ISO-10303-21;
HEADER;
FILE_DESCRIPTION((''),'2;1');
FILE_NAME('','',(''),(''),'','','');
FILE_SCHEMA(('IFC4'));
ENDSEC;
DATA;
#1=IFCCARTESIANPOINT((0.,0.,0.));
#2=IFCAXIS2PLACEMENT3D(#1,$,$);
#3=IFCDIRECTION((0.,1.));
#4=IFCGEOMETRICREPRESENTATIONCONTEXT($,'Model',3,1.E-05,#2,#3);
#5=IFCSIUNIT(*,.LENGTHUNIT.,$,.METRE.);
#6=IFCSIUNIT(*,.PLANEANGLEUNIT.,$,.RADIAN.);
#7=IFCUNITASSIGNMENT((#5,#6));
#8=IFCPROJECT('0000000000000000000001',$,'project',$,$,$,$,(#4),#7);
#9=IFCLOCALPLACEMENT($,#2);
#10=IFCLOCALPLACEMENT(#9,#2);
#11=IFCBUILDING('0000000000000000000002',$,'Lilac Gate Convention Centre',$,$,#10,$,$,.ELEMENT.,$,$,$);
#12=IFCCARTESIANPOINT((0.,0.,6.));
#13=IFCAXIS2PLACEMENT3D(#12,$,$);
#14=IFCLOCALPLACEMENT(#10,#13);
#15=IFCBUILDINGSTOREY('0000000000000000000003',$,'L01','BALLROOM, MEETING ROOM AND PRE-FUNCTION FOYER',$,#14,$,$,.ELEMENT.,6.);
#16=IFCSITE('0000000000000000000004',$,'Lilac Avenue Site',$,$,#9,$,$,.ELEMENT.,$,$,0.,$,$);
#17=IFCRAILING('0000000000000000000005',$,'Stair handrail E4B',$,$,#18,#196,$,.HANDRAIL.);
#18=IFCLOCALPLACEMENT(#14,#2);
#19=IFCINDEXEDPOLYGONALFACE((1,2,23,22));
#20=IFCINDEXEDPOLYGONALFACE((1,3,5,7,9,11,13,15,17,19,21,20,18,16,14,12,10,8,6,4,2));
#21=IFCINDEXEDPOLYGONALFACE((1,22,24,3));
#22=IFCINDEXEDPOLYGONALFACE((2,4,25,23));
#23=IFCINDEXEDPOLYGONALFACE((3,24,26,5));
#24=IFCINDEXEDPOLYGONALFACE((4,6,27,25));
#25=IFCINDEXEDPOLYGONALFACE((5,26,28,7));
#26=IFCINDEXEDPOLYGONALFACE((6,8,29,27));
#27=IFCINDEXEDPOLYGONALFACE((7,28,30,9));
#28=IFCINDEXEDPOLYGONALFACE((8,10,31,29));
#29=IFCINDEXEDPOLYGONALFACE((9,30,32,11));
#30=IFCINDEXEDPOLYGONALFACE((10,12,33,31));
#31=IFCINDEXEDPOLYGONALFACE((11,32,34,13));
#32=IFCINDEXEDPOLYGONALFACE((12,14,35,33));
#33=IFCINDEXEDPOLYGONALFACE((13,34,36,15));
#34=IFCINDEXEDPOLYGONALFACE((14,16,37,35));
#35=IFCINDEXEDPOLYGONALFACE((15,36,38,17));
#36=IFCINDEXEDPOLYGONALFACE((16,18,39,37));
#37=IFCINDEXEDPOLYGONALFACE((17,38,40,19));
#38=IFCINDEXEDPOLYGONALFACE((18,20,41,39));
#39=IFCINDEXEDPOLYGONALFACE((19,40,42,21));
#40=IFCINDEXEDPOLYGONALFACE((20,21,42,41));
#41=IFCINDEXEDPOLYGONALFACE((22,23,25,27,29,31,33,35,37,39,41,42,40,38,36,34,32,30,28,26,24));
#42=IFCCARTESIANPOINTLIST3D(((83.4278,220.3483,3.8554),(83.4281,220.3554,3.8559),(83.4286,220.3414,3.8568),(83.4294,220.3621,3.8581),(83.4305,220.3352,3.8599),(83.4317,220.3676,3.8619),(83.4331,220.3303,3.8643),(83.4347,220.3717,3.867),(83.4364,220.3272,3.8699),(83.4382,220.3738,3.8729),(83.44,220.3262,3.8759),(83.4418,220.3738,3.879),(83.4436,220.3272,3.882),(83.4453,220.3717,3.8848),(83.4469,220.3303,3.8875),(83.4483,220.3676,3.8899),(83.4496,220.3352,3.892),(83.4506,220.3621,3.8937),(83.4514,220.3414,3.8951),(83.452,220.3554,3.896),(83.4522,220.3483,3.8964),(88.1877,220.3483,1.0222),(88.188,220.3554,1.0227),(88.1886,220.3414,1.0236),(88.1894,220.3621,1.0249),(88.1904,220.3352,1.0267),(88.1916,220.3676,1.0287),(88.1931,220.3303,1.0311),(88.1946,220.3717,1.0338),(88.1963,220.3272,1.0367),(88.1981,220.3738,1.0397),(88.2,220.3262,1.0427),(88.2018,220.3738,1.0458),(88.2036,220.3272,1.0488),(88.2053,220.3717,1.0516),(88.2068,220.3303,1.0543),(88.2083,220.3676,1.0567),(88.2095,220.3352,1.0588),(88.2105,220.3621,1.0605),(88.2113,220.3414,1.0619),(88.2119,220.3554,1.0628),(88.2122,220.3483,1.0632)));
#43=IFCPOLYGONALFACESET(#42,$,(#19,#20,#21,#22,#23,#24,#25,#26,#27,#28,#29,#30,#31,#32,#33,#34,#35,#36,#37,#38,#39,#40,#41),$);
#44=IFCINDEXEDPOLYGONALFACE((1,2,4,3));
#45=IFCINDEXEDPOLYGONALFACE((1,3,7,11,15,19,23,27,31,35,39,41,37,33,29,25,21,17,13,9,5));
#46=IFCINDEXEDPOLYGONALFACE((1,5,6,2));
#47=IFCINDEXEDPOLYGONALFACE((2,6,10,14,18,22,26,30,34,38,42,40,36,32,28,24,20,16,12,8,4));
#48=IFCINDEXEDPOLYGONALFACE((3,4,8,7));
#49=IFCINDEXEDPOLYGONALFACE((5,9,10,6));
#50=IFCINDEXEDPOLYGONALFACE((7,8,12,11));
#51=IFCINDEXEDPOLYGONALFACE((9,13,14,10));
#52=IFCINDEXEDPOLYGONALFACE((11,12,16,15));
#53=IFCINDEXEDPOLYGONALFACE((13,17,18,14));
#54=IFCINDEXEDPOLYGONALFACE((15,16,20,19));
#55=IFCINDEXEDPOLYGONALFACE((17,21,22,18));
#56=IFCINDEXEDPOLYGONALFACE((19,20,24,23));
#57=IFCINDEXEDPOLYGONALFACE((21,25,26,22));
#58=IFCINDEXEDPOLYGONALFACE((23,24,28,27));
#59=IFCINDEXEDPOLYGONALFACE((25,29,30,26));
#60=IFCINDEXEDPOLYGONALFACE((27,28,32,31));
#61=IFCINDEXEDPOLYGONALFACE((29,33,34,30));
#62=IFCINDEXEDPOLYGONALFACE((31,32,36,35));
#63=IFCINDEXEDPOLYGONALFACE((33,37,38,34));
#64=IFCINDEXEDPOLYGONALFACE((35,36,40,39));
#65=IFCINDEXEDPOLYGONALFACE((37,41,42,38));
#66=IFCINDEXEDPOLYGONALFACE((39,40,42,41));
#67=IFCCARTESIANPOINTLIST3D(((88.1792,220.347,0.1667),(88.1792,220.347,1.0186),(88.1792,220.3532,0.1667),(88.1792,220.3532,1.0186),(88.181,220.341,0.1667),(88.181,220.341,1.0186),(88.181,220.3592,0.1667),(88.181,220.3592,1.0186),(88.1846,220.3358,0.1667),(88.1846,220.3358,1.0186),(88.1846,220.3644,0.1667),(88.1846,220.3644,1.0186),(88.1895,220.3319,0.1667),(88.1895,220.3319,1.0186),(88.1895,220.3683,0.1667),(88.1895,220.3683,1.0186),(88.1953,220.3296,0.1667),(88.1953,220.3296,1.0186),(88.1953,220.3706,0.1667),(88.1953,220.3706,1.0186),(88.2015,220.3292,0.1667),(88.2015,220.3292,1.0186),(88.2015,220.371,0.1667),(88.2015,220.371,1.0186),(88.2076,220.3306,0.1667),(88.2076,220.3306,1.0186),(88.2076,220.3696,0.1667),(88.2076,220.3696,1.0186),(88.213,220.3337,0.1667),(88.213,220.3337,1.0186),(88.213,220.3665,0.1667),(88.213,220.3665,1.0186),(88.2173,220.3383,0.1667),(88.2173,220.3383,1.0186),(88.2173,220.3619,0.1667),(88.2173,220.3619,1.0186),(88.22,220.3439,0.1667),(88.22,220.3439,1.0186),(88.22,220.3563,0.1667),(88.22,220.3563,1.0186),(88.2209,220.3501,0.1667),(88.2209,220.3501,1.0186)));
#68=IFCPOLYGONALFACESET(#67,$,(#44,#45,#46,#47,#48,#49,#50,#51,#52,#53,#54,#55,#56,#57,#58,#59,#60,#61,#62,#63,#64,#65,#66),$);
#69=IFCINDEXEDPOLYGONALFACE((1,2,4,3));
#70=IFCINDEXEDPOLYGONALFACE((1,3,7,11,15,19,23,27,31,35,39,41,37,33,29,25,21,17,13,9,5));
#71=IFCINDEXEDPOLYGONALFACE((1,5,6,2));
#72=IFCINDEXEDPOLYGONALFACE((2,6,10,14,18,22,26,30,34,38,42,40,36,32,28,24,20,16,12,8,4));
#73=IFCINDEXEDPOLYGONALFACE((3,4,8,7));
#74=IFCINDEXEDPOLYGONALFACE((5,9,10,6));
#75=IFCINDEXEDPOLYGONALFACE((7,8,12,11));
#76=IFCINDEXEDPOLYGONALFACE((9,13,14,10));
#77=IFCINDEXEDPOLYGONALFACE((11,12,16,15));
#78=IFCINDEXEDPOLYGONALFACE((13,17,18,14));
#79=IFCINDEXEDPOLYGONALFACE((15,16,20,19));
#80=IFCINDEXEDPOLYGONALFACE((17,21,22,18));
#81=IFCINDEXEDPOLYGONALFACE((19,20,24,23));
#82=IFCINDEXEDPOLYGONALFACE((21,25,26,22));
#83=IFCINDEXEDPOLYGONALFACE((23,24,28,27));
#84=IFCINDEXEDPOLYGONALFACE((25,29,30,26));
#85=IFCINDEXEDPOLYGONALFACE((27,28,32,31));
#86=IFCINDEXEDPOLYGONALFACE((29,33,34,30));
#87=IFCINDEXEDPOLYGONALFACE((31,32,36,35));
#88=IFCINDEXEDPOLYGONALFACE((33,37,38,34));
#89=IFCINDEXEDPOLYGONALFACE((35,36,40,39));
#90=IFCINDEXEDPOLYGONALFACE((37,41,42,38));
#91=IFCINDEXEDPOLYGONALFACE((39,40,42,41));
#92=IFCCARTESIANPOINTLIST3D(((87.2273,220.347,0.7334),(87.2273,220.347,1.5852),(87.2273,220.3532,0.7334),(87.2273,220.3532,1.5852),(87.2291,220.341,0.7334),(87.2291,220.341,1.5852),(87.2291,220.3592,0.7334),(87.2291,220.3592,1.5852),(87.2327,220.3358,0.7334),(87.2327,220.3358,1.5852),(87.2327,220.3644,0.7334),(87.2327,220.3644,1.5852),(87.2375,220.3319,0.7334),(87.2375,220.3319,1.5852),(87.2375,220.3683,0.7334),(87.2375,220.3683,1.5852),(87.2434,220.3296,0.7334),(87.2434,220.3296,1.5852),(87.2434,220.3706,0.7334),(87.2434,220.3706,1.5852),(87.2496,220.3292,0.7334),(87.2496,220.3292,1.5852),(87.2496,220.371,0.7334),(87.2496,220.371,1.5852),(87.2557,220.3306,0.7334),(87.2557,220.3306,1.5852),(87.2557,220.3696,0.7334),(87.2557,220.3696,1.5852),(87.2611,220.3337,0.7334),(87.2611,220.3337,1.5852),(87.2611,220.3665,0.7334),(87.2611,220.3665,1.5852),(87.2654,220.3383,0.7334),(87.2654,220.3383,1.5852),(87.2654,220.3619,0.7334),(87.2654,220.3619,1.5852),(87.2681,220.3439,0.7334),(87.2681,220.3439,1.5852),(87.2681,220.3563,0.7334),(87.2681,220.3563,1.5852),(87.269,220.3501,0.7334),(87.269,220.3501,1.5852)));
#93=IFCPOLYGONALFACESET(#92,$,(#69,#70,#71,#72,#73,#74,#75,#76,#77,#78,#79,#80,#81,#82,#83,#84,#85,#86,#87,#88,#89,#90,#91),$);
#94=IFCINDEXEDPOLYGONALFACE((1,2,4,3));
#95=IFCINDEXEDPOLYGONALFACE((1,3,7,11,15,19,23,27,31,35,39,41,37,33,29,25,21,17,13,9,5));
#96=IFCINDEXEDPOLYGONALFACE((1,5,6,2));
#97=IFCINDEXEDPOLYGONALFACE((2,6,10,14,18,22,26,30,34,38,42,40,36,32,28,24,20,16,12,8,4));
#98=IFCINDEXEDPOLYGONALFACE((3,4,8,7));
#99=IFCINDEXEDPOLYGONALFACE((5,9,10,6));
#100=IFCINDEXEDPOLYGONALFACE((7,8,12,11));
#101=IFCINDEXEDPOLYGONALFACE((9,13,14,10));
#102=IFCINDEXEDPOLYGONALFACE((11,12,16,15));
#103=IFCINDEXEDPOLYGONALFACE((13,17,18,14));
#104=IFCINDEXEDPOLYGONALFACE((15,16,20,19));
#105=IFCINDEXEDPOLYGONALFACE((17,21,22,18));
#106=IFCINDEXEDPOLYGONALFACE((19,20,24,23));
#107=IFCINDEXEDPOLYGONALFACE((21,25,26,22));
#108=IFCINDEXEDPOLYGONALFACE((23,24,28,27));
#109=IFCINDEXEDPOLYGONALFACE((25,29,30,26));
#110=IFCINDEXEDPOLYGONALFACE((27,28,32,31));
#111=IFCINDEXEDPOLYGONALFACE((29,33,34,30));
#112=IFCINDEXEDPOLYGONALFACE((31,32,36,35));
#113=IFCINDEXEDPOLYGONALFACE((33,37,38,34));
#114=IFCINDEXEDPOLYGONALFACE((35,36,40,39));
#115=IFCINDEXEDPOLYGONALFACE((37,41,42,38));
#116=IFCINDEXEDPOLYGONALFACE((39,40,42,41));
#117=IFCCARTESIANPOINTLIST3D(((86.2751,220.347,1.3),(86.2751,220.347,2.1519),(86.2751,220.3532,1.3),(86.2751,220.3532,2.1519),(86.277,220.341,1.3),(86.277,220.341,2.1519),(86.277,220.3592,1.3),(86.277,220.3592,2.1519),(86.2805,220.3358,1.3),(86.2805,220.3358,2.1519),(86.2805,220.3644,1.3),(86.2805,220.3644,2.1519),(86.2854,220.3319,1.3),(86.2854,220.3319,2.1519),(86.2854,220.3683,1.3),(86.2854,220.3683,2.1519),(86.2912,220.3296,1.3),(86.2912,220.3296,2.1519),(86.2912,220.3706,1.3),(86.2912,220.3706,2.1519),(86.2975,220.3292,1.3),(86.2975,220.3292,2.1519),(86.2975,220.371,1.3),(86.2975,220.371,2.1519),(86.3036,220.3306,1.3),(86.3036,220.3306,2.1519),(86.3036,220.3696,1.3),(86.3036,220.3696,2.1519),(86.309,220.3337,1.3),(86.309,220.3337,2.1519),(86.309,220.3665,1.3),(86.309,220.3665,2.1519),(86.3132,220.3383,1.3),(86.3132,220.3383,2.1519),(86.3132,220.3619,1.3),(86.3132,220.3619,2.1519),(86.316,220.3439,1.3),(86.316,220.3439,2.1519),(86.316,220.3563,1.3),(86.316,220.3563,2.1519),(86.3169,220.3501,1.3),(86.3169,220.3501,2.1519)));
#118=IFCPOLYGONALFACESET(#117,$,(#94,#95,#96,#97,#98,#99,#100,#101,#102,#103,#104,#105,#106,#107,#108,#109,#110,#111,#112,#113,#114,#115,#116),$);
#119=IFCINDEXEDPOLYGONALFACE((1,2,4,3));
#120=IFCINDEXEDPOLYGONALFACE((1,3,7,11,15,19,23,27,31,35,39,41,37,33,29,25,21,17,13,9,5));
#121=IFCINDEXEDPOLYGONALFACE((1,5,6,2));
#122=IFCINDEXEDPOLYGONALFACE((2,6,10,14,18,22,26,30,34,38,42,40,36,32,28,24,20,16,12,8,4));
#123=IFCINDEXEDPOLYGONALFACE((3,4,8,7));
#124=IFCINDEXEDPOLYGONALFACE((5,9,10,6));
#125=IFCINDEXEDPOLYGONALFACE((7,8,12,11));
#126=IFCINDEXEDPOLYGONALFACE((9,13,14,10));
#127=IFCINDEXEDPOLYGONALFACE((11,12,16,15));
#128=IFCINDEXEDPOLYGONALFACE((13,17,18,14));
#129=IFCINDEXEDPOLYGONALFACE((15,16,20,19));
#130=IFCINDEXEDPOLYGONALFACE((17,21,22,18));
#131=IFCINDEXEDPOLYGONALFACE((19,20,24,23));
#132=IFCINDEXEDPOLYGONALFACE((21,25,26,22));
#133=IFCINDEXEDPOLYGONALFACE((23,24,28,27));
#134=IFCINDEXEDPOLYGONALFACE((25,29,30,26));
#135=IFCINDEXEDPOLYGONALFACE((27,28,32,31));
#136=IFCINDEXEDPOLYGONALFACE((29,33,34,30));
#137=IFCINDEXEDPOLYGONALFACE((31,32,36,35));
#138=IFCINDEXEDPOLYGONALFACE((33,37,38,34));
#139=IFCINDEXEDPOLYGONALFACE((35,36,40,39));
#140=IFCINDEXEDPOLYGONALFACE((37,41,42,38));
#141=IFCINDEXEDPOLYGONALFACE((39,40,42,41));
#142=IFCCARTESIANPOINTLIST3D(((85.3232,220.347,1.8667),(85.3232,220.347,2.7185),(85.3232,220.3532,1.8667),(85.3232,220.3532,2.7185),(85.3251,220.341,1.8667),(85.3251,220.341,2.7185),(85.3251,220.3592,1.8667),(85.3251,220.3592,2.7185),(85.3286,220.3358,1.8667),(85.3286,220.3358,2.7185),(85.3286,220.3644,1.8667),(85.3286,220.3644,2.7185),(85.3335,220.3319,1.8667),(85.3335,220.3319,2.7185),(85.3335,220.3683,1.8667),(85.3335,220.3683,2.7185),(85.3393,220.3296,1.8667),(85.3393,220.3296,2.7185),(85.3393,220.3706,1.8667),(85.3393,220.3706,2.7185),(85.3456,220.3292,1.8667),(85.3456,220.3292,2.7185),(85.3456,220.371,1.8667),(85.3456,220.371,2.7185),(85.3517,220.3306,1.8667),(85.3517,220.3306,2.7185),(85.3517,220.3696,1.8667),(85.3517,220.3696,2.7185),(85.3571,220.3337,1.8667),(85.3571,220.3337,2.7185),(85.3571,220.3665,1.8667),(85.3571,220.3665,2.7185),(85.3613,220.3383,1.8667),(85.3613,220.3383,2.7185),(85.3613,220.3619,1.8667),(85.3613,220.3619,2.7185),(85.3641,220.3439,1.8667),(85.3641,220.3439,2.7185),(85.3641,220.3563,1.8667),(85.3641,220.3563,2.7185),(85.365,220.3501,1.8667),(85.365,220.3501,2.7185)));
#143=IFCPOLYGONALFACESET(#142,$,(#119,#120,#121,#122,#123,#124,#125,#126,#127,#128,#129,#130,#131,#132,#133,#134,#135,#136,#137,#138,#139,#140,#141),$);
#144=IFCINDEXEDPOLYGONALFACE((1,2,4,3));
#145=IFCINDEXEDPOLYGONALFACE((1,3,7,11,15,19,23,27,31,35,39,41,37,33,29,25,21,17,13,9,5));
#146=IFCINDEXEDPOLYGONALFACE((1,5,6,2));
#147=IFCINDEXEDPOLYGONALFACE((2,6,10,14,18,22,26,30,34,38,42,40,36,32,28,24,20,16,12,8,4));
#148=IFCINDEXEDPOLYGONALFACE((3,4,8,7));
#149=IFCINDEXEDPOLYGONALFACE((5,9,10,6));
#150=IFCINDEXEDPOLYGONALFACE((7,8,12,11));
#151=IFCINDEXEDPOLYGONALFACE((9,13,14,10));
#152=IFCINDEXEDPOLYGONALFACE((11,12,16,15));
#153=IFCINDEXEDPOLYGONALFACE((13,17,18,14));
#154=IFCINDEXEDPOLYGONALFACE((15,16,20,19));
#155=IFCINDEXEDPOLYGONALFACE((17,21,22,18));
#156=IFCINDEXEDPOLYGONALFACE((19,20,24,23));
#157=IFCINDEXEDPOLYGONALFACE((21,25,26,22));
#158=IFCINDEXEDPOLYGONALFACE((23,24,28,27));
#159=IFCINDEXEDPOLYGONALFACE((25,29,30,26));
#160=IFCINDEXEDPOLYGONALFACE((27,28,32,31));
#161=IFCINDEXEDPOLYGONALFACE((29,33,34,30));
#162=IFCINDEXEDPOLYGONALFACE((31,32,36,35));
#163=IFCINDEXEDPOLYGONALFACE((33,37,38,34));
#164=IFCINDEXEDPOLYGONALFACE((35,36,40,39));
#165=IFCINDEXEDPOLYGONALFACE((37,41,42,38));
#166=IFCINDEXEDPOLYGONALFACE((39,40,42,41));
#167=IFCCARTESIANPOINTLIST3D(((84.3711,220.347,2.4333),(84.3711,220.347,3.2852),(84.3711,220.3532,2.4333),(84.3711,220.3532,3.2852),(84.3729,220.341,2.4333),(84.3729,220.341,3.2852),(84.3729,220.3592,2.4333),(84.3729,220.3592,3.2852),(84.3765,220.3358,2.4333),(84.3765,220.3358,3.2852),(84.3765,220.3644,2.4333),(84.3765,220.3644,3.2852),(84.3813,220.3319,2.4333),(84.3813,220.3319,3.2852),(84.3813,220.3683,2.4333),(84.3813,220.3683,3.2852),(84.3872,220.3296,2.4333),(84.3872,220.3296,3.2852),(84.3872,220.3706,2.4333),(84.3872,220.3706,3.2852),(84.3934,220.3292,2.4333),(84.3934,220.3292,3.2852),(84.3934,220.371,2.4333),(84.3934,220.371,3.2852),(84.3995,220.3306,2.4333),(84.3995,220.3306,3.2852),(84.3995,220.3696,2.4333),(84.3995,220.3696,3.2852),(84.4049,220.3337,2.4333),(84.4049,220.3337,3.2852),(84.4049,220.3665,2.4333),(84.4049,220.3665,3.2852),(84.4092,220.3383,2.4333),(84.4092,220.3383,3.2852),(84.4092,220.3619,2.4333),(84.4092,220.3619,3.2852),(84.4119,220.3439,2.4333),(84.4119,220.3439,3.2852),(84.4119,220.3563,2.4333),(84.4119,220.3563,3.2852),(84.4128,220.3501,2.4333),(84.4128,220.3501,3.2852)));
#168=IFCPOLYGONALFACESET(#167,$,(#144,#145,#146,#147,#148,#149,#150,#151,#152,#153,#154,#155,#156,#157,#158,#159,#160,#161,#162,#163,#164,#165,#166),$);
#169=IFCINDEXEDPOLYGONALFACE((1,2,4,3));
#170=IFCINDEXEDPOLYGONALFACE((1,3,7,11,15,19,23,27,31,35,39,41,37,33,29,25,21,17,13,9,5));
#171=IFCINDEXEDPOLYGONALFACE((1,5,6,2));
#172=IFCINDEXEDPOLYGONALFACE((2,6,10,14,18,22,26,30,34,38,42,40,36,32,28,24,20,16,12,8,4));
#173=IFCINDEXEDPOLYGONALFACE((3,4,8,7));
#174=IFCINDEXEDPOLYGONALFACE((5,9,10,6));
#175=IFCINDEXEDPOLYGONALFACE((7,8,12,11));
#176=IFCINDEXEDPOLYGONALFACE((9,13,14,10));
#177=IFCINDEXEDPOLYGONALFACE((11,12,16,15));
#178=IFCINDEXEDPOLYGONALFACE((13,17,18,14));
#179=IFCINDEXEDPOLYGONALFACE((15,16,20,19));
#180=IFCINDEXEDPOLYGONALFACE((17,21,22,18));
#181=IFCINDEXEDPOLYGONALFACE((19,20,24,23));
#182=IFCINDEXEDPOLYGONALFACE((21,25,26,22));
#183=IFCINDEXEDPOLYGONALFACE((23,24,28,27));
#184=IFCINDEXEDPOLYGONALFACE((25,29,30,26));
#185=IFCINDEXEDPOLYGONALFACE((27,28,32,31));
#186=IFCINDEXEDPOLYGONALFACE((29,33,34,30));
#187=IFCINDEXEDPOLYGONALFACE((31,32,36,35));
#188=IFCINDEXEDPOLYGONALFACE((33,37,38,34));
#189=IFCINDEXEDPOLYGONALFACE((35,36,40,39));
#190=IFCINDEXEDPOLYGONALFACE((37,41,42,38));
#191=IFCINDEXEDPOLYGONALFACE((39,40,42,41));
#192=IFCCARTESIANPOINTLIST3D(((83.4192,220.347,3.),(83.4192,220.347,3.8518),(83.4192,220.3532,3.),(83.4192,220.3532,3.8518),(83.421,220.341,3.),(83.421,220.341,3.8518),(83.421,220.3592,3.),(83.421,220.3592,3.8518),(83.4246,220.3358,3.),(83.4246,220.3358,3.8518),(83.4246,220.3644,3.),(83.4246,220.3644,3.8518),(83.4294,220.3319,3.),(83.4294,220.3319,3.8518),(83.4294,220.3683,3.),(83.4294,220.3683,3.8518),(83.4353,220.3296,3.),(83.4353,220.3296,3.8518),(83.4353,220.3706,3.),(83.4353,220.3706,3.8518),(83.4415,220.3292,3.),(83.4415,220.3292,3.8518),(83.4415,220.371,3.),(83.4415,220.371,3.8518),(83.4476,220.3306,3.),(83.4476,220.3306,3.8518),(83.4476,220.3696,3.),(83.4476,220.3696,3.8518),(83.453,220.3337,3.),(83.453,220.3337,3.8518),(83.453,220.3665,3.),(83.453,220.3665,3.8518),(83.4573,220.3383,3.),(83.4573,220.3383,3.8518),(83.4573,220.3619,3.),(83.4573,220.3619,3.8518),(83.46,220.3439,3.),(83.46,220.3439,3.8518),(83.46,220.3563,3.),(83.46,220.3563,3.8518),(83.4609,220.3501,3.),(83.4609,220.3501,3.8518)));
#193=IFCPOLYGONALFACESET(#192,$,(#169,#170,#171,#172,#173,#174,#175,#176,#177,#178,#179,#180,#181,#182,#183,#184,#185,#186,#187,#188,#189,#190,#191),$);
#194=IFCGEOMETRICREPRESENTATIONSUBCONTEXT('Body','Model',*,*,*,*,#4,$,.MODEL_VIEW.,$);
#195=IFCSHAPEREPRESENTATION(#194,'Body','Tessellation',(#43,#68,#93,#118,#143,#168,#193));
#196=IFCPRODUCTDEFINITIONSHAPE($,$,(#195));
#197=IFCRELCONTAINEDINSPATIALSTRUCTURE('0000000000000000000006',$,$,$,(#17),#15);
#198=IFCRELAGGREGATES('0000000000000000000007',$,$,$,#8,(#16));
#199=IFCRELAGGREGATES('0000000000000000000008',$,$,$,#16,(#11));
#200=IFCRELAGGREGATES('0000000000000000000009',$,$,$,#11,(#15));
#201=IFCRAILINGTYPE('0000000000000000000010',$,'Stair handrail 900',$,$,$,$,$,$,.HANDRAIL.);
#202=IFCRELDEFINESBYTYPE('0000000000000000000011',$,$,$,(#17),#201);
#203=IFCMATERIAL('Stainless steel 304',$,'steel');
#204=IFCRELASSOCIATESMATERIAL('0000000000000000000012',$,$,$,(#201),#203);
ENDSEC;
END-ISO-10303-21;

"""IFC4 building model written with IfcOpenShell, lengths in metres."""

from ifc_helpers import new_model, si_unit, direction, frame, origin, origin_2d, place, context, subcontext, project, spatial, circle, extrude, material, type_object, element, save


model = new_model("IFC4")

# Units and contexts
model_context = context("Model", 3, precision=1e-05, world=origin(), true_north=direction((0.0, 1.0)))
body_context = subcontext(model_context, "Body", "Model", "MODEL_VIEW")
ifc_project = project(units=[si_unit("LENGTHUNIT", "METRE"), si_unit("PLANEANGLEUNIT", "RADIAN")], contexts=[model_context])

# Site, building, storey
site_placement = place(None, origin())
site = spatial("IfcSite", under=ifc_project, at=site_placement, Name="Lilac Avenue Site", CompositionType="ELEMENT", RefElevation=0.0)
building_placement = place(site_placement, origin())
building = spatial("IfcBuilding", under=site, at=building_placement, Name="Lilac Gate Convention Centre", CompositionType="ELEMENT")
storey_placement = place(building_placement, frame((0.0, 0.0, 6.0)))
storey = spatial("IfcBuildingStorey", under=building, at=storey_placement, Name="L01", Description="BALLROOM, MEETING ROOM AND PRE-FUNCTION FOYER", CompositionType="ELEMENT", Elevation=6.0)

# Railing
ifc_material_1 = material(Name="Stainless steel 304", Category="steel")
railing_type = type_object("IfcRailingType", Name="Stair handrail 900", PredefinedType="HANDRAIL", material=ifc_material_1)
for number, where, name in (
    (1, (88.2, 220.3501, 0.1667), "Stair handrail E4B"),
):
    element("IfcRailing", number, at=place(storey_placement, frame(where)), inside=storey, type_object=railing_type, Name=name, PredefinedType="HANDRAIL", context=body_context, shape_type="SweptSolid", body=[
        extrude(circle(Radius=0.0239, at=origin_2d()), frame((0.0, 0.0, 0.876), z_axis=(-0.8593, 0.0, 0.511472), x_axis=(0.0, -1.0, 0.0)), (0.0, 0.0, 1.0), 5.5393),
        extrude(circle(Radius=0.021, at=origin_2d()), origin(), (0.0, 0.0, 1.0), 0.8518),
        extrude(circle(Radius=0.021, at=origin_2d()), frame((-0.9519, 0.0, 0.5667)), (0.0, 0.0, 1.0), 0.8518),
        extrude(circle(Radius=0.021, at=origin_2d()), frame((-1.9041, 0.0, 1.1333)), (0.0, 0.0, 1.0), 0.8518),
        extrude(circle(Radius=0.021, at=origin_2d()), frame((-2.856, 0.0, 1.7)), (0.0, 0.0, 1.0), 0.8518),
        extrude(circle(Radius=0.021, at=origin_2d()), frame((-3.8081, 0.0, 2.2666)), (0.0, 0.0, 1.0), 0.8518),
        extrude(circle(Radius=0.021, at=origin_2d()), frame((-4.76, 0.0, 2.8333)), (0.0, 0.0, 1.0), 0.8518),
    ])

save(model, "model.ifc")
